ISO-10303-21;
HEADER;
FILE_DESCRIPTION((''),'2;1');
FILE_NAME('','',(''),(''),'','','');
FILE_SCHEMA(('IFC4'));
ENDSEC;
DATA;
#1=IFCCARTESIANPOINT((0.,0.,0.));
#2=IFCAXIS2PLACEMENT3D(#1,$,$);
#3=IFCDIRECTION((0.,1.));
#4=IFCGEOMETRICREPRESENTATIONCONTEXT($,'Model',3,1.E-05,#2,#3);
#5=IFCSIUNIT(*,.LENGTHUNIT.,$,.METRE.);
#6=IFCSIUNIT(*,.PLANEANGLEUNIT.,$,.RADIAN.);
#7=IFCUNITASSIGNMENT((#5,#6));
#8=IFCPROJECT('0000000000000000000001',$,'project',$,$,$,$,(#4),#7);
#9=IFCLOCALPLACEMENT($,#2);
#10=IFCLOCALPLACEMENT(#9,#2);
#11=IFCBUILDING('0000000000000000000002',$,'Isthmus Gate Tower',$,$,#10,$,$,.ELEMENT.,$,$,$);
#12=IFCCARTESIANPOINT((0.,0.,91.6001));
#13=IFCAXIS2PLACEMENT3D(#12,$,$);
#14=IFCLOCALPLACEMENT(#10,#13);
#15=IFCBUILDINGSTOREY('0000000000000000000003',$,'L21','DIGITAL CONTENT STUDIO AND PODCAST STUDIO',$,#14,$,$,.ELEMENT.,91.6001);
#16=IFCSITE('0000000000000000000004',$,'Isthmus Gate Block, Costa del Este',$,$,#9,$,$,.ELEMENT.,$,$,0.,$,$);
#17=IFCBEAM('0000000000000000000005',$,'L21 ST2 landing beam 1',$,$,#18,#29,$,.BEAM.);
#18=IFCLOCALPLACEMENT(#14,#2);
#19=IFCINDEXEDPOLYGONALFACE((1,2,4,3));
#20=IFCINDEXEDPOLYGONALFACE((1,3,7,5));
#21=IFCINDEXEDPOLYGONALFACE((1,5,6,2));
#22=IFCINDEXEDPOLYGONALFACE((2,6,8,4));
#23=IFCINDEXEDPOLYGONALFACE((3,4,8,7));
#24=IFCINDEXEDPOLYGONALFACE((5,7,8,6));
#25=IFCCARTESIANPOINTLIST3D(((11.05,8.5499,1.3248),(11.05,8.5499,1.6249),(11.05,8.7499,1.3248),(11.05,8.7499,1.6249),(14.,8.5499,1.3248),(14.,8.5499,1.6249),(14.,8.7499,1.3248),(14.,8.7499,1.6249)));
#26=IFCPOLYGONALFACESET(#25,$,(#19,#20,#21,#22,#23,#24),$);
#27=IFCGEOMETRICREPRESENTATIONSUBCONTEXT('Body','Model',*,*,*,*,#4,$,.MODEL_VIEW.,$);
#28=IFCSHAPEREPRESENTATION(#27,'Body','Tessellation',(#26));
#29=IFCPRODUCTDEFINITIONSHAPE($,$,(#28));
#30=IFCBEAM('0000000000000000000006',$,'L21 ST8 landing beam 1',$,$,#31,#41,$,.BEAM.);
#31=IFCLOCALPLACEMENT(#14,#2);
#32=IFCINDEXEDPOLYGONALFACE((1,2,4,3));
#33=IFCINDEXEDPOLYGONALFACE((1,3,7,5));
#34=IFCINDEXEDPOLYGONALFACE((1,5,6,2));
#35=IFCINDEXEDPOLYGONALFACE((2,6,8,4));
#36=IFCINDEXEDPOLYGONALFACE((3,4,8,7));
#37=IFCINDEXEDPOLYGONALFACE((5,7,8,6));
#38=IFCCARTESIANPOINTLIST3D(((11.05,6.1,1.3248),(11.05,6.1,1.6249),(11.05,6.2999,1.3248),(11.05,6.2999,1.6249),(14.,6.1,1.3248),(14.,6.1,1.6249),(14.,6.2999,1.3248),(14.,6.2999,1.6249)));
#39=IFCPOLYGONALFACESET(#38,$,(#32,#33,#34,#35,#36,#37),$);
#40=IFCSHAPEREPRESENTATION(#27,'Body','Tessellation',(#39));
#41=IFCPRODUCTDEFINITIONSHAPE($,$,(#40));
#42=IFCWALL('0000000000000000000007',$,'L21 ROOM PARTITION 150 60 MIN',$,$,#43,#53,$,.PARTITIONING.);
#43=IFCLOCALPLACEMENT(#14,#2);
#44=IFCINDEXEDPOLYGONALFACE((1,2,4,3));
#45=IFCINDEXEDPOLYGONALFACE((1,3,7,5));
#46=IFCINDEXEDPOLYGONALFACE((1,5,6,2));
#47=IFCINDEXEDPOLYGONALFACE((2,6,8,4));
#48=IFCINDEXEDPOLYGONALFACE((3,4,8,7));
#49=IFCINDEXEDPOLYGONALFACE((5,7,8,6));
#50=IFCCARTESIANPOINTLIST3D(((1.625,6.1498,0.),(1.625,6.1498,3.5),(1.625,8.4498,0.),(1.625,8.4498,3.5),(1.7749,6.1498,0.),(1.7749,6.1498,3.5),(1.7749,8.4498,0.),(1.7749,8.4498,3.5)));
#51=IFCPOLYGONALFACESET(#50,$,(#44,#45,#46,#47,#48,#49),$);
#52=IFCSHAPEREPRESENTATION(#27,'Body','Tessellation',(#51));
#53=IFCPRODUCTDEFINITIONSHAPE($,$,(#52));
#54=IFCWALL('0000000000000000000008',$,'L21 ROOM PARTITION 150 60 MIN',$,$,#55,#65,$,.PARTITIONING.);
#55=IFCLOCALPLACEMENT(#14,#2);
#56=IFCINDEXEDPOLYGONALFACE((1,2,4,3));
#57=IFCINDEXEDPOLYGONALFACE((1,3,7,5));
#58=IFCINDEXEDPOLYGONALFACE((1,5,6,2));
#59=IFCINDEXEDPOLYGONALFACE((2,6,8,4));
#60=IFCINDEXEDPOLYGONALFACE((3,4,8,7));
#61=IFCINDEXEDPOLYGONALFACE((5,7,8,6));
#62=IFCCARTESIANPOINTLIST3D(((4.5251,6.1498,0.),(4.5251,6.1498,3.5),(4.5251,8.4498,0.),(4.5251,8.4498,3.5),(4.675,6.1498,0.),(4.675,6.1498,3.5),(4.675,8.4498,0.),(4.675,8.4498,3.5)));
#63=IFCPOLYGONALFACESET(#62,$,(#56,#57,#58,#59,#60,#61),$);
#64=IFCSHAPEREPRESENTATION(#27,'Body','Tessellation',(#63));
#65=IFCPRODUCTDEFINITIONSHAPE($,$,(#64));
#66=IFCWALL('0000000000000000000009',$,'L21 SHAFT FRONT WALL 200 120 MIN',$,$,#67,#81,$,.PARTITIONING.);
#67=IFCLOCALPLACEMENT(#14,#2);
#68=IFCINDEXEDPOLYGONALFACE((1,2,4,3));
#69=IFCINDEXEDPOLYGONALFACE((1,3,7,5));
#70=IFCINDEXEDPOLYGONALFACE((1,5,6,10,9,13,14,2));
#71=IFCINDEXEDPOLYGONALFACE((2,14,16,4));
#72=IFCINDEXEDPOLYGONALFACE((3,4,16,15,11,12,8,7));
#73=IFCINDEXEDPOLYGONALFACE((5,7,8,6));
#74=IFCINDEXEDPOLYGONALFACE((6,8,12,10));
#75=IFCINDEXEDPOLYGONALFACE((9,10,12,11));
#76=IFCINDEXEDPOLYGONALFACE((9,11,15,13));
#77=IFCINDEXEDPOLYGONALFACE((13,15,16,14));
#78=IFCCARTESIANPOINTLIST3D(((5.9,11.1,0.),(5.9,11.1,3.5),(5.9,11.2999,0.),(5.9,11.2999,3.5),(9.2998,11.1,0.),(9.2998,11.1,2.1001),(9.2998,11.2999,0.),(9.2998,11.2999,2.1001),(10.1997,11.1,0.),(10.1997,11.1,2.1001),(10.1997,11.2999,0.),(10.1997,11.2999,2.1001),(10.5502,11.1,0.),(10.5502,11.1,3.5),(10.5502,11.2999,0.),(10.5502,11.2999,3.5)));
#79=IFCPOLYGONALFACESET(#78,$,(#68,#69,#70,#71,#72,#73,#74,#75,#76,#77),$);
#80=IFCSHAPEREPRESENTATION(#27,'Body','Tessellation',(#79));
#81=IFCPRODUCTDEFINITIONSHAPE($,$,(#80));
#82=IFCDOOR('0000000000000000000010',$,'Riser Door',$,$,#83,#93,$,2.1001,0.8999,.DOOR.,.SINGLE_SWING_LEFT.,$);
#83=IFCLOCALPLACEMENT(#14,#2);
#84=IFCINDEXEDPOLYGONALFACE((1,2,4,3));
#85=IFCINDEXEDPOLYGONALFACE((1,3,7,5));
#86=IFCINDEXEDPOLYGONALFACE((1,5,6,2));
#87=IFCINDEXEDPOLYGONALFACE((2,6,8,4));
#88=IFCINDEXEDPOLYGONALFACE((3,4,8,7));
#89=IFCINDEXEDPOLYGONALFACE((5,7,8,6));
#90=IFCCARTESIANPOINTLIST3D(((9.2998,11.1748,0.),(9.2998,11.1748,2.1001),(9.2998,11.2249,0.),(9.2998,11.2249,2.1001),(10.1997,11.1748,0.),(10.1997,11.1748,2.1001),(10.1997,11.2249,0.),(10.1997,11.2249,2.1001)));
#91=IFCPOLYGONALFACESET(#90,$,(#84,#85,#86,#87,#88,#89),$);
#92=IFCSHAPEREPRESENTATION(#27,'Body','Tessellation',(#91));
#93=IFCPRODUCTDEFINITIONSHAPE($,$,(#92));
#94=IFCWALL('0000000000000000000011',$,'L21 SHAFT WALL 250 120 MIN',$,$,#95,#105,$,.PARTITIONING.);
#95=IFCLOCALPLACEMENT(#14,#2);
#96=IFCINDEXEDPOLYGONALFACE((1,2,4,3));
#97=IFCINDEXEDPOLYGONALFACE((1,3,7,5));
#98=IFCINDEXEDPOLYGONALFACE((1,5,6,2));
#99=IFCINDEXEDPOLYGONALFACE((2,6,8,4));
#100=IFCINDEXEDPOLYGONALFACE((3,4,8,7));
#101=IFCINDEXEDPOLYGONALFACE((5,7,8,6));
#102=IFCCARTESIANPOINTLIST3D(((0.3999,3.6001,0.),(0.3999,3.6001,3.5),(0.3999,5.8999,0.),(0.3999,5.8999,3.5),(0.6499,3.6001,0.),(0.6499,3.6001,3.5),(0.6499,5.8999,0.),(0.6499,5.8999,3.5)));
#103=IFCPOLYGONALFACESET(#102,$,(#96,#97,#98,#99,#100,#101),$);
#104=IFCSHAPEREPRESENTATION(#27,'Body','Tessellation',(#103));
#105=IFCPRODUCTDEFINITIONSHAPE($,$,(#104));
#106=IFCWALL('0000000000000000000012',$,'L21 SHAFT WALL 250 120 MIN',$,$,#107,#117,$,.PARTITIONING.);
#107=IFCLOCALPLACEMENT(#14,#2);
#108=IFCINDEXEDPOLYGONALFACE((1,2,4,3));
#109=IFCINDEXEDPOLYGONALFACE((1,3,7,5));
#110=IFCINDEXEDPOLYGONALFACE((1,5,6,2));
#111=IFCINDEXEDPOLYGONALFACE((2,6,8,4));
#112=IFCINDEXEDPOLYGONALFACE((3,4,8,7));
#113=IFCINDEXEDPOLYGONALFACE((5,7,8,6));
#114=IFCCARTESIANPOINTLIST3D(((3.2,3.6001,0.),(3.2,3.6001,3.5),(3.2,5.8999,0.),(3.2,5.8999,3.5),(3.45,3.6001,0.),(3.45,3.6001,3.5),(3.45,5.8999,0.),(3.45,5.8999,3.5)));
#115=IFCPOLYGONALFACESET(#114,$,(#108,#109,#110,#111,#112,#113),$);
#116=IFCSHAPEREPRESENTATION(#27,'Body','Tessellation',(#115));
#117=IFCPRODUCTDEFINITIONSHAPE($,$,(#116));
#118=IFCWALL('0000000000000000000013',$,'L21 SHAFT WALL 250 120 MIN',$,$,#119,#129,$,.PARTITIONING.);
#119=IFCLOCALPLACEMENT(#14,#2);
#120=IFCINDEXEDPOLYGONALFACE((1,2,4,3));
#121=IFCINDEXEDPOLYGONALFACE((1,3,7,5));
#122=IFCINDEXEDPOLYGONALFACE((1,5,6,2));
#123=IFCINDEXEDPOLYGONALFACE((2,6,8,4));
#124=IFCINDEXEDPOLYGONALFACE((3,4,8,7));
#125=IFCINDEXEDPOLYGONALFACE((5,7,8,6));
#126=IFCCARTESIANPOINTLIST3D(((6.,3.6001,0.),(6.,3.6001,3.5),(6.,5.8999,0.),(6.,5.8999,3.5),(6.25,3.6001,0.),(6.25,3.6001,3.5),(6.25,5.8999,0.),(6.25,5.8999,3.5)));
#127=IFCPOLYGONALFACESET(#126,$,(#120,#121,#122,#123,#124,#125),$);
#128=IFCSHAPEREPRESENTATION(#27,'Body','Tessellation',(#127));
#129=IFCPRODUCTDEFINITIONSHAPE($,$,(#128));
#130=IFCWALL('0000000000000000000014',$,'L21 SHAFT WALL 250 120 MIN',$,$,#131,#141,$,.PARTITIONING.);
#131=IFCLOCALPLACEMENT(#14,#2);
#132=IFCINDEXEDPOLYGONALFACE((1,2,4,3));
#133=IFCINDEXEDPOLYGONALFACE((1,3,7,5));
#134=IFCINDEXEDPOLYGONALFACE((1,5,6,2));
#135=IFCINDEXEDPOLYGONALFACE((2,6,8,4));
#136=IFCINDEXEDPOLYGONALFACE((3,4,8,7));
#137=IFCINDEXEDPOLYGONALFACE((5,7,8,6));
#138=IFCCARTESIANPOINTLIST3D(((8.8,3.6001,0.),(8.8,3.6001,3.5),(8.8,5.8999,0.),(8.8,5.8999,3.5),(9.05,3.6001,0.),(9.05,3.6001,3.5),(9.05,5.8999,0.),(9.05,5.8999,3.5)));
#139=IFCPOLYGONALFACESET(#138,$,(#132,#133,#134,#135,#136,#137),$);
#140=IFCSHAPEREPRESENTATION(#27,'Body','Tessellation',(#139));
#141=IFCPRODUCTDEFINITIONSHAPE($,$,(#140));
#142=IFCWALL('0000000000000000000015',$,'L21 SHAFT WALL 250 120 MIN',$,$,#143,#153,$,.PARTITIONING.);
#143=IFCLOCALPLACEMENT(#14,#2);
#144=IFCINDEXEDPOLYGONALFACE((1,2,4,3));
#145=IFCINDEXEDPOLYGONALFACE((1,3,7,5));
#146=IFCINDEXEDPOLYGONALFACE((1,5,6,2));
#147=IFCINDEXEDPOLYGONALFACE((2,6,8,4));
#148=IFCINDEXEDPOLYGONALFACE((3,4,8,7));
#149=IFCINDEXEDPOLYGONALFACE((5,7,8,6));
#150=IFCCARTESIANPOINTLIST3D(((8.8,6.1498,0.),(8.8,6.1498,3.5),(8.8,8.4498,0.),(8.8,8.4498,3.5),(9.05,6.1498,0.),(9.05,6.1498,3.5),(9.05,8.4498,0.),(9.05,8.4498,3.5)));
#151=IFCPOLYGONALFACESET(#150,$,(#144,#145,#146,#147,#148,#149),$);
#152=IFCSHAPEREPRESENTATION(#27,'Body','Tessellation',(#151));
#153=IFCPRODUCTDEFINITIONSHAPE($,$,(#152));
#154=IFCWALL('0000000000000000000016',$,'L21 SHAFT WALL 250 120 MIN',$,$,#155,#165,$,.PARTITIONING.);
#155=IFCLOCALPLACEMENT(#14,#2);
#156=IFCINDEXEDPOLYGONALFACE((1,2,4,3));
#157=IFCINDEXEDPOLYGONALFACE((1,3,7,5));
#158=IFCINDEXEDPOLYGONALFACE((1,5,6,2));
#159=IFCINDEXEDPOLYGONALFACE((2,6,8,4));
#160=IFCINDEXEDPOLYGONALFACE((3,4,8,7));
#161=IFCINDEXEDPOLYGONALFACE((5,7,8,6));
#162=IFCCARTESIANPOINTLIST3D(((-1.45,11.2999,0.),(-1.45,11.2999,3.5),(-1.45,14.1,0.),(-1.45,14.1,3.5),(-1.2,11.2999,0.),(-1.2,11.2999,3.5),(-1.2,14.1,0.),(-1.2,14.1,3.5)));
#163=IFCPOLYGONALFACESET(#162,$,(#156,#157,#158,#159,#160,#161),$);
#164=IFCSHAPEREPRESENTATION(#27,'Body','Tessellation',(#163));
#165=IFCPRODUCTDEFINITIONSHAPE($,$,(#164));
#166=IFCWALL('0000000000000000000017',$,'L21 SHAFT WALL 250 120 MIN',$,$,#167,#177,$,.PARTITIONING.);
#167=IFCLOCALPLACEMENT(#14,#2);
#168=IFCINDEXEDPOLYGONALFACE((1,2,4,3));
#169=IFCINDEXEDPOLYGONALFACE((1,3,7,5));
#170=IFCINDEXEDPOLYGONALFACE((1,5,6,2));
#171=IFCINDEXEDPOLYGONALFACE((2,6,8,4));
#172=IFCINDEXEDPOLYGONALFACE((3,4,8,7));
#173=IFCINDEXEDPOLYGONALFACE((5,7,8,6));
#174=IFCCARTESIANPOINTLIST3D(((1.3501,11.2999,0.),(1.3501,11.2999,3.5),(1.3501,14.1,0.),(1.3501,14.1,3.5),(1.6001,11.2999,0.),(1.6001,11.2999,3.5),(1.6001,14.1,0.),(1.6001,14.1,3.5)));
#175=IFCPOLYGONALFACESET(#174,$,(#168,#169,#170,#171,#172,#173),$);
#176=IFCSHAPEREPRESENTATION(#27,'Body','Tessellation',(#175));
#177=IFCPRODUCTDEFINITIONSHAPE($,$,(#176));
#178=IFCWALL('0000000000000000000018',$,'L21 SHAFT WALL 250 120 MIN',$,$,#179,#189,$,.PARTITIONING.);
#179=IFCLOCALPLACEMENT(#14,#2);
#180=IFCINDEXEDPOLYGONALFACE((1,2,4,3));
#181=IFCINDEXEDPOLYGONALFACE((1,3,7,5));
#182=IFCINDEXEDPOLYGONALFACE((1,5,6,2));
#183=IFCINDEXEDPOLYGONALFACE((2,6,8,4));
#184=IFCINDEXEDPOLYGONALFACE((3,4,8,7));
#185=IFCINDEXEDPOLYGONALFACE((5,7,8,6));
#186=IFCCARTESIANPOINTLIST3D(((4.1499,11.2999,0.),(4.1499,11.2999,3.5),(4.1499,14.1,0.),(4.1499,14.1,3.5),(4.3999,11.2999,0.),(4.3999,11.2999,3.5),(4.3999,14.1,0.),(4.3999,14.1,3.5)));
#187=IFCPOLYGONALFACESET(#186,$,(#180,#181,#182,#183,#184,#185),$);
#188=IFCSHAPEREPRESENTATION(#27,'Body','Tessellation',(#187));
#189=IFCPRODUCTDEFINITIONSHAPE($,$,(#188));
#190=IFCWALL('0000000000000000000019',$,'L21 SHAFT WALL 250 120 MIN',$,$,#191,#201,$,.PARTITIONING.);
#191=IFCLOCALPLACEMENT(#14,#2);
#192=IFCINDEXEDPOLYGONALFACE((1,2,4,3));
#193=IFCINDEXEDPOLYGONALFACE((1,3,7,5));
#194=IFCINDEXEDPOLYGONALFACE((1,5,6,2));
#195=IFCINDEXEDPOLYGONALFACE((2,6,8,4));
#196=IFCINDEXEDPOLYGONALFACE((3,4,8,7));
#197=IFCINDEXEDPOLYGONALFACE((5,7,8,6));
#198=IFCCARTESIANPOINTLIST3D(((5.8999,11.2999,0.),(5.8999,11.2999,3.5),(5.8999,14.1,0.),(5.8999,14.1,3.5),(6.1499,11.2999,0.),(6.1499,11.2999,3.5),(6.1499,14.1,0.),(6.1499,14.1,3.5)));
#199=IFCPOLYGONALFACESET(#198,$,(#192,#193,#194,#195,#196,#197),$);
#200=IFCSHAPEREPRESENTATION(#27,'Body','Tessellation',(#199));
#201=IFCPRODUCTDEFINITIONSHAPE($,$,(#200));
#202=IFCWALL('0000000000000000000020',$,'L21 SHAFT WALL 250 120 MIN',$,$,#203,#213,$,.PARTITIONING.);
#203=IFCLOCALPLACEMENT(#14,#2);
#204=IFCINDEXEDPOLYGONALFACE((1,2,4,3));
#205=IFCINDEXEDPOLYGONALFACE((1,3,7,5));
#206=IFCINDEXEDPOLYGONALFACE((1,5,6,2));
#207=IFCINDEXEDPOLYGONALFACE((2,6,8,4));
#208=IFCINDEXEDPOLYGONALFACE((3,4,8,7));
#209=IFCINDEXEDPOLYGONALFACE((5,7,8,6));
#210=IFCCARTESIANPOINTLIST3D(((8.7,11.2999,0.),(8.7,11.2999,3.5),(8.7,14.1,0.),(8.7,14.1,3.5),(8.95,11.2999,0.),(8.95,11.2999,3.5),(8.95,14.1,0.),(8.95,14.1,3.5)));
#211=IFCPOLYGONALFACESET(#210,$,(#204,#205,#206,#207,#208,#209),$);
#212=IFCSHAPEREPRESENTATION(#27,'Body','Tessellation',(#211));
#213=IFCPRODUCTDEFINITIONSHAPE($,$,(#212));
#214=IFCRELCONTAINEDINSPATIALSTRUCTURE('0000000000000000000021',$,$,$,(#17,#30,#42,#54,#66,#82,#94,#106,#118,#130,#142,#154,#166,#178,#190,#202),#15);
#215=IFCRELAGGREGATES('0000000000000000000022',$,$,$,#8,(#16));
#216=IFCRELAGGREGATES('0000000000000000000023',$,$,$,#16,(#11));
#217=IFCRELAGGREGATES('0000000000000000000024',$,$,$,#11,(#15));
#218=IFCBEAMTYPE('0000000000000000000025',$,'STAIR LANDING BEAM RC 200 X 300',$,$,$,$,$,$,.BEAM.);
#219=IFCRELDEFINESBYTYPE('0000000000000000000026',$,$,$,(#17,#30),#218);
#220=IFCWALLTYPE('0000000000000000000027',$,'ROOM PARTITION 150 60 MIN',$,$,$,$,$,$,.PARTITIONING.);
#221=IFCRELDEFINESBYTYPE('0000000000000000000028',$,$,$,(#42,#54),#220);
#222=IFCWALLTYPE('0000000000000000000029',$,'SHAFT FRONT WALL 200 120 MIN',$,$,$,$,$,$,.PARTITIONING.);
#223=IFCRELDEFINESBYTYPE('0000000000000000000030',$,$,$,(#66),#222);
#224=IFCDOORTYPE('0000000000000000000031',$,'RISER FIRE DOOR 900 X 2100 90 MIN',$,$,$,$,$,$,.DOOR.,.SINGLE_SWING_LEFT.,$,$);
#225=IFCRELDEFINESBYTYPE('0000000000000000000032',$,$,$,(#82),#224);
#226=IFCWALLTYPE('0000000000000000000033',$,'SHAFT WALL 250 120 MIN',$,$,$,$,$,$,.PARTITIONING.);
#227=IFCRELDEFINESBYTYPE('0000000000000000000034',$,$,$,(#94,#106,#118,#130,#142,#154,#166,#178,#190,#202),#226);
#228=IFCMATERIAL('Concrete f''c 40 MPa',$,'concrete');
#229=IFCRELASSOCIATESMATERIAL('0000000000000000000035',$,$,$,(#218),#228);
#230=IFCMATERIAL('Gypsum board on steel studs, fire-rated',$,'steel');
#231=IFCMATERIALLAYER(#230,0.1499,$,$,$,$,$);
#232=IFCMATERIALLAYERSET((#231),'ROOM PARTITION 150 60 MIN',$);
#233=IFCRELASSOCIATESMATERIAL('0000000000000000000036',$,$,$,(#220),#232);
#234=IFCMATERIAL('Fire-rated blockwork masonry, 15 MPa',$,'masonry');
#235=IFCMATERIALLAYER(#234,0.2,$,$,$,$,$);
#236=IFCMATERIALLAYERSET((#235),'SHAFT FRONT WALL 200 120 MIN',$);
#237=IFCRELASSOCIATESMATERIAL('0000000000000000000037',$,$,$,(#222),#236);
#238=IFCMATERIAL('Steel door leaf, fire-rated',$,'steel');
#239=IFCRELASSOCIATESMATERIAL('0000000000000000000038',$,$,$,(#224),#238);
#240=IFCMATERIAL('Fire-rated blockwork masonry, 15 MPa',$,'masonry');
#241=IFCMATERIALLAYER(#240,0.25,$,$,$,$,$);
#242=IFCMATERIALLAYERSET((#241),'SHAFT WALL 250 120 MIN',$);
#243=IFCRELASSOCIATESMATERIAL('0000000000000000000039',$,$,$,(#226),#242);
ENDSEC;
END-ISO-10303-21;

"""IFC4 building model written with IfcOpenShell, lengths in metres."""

from ifc_helpers import new_model, si_unit, direction, frame, frame_2d, origin, origin_2d, place, context, subcontext, project, spatial, rectangle, extrude, material, layer, layer_set, material_profile, profile_set, type_object, element, fill, save


model = new_model("IFC4")

# Units and contexts
model_context = context("Model", 3, precision=1e-05, world=origin(), true_north=direction((0.0, 1.0)))
body_context = subcontext(model_context, "Body", "Model", "MODEL_VIEW")
ifc_project = project(units=[si_unit("LENGTHUNIT", "METRE"), si_unit("PLANEANGLEUNIT", "RADIAN")], contexts=[model_context])

# Site, building, storey
site_placement = place(None, origin())
site = spatial("IfcSite", under=ifc_project, at=site_placement, Name="Isthmus Gate Block, Costa del Este", CompositionType="ELEMENT", RefElevation=0.0)
building_placement = place(site_placement, origin())
building = spatial("IfcBuilding", under=site, at=building_placement, Name="Isthmus Gate Tower", CompositionType="ELEMENT")
storey_placement = place(building_placement, frame((0.0, 0.0, 91.6001)))
storey = spatial("IfcBuildingStorey", under=building, at=storey_placement, Name="L21", Description="DIGITAL CONTENT STUDIO AND PODCAST STUDIO", CompositionType="ELEMENT", Elevation=91.6001)

# Beams
ifc_material_1 = material(Name="Concrete f'c 40 MPa", Category="concrete")
ifc_material_profile = material_profile(ifc_material_1, rectangle(XDim=0.2, YDim=0.3, at=origin_2d()), Name="STAIR LANDING BEAM RC 200 X 300")
ifc_profile_set = profile_set([ifc_material_profile], Name="Concrete f'c 40 MPa")
beam_type = type_object("IfcBeamType", Name="STAIR LANDING BEAM RC 200 X 300", PredefinedType="BEAM", material=ifc_profile_set)
for number, where, z_axis, x_axis, name in (
    (1, (11.05, 8.6499, 1.4749), (1.0, 0.0, 0.0), (0.0, 1.0, 0.0), "L21 ST2 landing beam 1"),
    (2, (11.05, 6.2, 1.4749), (1.0, 0.0, 0.0), (0.0, 1.0, 0.0), "L21 ST8 landing beam 1"),
):
    element("IfcBeam", number, at=place(storey_placement, frame(where, z_axis=z_axis, x_axis=x_axis)), inside=storey, type_object=beam_type, Name=name, PredefinedType="BEAM", context=body_context, shape_type="SweptSolid", body=[
        extrude(rectangle(XDim=0.2, YDim=0.3, at=origin_2d()), origin(), (0.0, 0.0, 1.0), 2.95),
    ])

# Walls
ifc_material_2 = material(Name="Gypsum board on steel studs, fire-rated", Category="steel")
ifc_layer_1 = layer(ifc_material_2, 0.1499)
ifc_layer_set_1 = layer_set([ifc_layer_1], Name="ROOM PARTITION 150 60 MIN")
wall_type_1 = type_object("IfcWallType", Name="ROOM PARTITION 150 60 MIN", PredefinedType="PARTITIONING", material=ifc_layer_set_1)
for number, where, z_axis, x_axis, name in (
    (3, (1.7, 6.1499, 0.0), (0.0, 0.0, 1.0), (0.0, 1.0, 0.0), "L21 ROOM PARTITION 150 60 MIN"),
    (4, (4.6001, 6.1499, 0.0), (0.0, 0.0, 1.0), (0.0, 1.0, 0.0), "L21 ROOM PARTITION 150 60 MIN"),
):
    element("IfcWall", number, at=place(storey_placement, frame(where, z_axis=z_axis, x_axis=x_axis)), inside=storey, type_object=wall_type_1, Name=name, PredefinedType="PARTITIONING", context=body_context, shape_type="SweptSolid", body=[
        extrude(rectangle(XDim=2.3, YDim=0.1499, at=frame_2d((1.1499, 0.0))), origin(), (0.0, 0.0, 1.0), 3.5),
    ])

# Wall, opening, door
ifc_material_3 = material(Name="Fire-rated blockwork masonry, 15 MPa", Category="masonry")
ifc_layer_2 = layer(ifc_material_3, 0.2)
ifc_layer_set_2 = layer_set([ifc_layer_2], Name="SHAFT FRONT WALL 200 120 MIN")
wall_type_2 = type_object("IfcWallType", Name="SHAFT FRONT WALL 200 120 MIN", PredefinedType="PARTITIONING", material=ifc_layer_set_2)
wall_1_placement = place(storey_placement, frame((5.8999, 11.2, 0.0), z_axis=(0.0, 0.0, 1.0), x_axis=(1.0, 0.0, 0.0)))
wall_1 = element("IfcWall", 5, at=wall_1_placement, inside=storey, type_object=wall_type_2, Name="L21 SHAFT FRONT WALL 200 120 MIN", PredefinedType="PARTITIONING", context=body_context, shape_type="SweptSolid", body=[
    extrude(rectangle(XDim=4.6501, YDim=0.2, at=frame_2d((2.3252, 0.0))), origin(), (0.0, 0.0, 1.0), 3.5),
])
opening_placement = place(wall_1_placement, frame((3.3999, 0.0, 0.0)))
opening = element("IfcOpeningElement", 6, at=opening_placement, cuts=wall_1, PredefinedType="OPENING", context=body_context, shape_type="SweptSolid", body=[
    extrude(rectangle(XDim=0.8999, YDim=2.1001, at=frame_2d((0.45, 1.05))), frame((0.0, 0.1099, 0.0), z_axis=(0.0, -1.0, 0.0), x_axis=(1.0, 0.0, 0.0)), (0.0, 0.0, 1.0), 0.22),
])
ifc_material_4 = material(Name="Steel door leaf, fire-rated", Category="steel")
door_type = type_object("IfcDoorType", Name="RISER FIRE DOOR 900 X 2100 90 MIN", OperationType="SINGLE_SWING_LEFT", PredefinedType="DOOR", material=ifc_material_4)
door_placement = place(opening_placement, origin())
door = element("IfcDoor", 7, at=door_placement, inside=storey, type_object=door_type, Name="Riser Door", OperationType="SINGLE_SWING_LEFT", OverallHeight=2.1001, OverallWidth=0.8999, PredefinedType="DOOR", context=body_context, shape_type="SweptSolid", body=[
    extrude(rectangle(XDim=0.8999, YDim=2.1001, at=frame_2d((0.45, 1.05))), frame((0.0, 0.0249, 0.0), z_axis=(0.0, -1.0, 0.0), x_axis=(1.0, 0.0, 0.0)), (0.0, 0.0, 1.0), 0.05),
])
fill(opening, door)

# Walls
ifc_material_5 = material(Name="Fire-rated blockwork masonry, 15 MPa", Category="masonry")
ifc_layer_3 = layer(ifc_material_5, 0.25)
ifc_layer_set_3 = layer_set([ifc_layer_3], Name="SHAFT WALL 250 120 MIN")
wall_type_3 = type_object("IfcWallType", Name="SHAFT WALL 250 120 MIN", PredefinedType="PARTITIONING", material=ifc_layer_set_3)
for number, where, z_axis, x_axis, name in (
    (8, (0.5249, 3.6001, 0.0), (0.0, 0.0, 1.0), (0.0, 1.0, 0.0), "L21 SHAFT WALL 250 120 MIN"),
    (9, (3.325, 3.6001, 0.0), (0.0, 0.0, 1.0), (0.0, 1.0, 0.0), "L21 SHAFT WALL 250 120 MIN"),
    (10, (6.125, 3.6001, 0.0), (0.0, 0.0, 1.0), (0.0, 1.0, 0.0), "L21 SHAFT WALL 250 120 MIN"),
    (11, (8.925, 3.6001, 0.0), (0.0, 0.0, 1.0), (0.0, 1.0, 0.0), "L21 SHAFT WALL 250 120 MIN"),
):
    element("IfcWall", number, at=place(storey_placement, frame(where, z_axis=z_axis, x_axis=x_axis)), inside=storey, type_object=wall_type_3, Name=name, PredefinedType="PARTITIONING", context=body_context, shape_type="SweptSolid", body=[
        extrude(rectangle(XDim=2.2998, YDim=0.25, at=frame_2d((1.1499, 0.0))), origin(), (0.0, 0.0, 1.0), 3.5),
    ])
wall_2_placement = place(storey_placement, frame((8.925, 6.1499, 0.0), z_axis=(0.0, 0.0, 1.0), x_axis=(0.0, 1.0, 0.0)))
element("IfcWall", 12, at=wall_2_placement, inside=storey, type_object=wall_type_3, Name="L21 SHAFT WALL 250 120 MIN", PredefinedType="PARTITIONING", context=body_context, shape_type="SweptSolid", body=[
    extrude(rectangle(XDim=2.3, YDim=0.25, at=frame_2d((1.1499, 0.0))), origin(), (0.0, 0.0, 1.0), 3.5),
])
for number, where, z_axis, x_axis, name in (
    (13, (-1.325, 11.3, 0.0), (0.0, 0.0, 1.0), (0.0, 1.0, 0.0), "L21 SHAFT WALL 250 120 MIN"),
    (14, (1.4751, 11.3, 0.0), (0.0, 0.0, 1.0), (0.0, 1.0, 0.0), "L21 SHAFT WALL 250 120 MIN"),
    (15, (4.2749, 11.3, 0.0), (0.0, 0.0, 1.0), (0.0, 1.0, 0.0), "L21 SHAFT WALL 250 120 MIN"),
    (16, (6.0249, 11.3, 0.0), (0.0, 0.0, 1.0), (0.0, 1.0, 0.0), "L21 SHAFT WALL 250 120 MIN"),
    (17, (8.825, 11.3, 0.0), (0.0, 0.0, 1.0), (0.0, 1.0, 0.0), "L21 SHAFT WALL 250 120 MIN"),
):
    element("IfcWall", number, at=place(storey_placement, frame(where, z_axis=z_axis, x_axis=x_axis)), inside=storey, type_object=wall_type_3, Name=name, PredefinedType="PARTITIONING", context=body_context, shape_type="SweptSolid", body=[
        extrude(rectangle(XDim=2.8, YDim=0.25, at=frame_2d((1.3999, 0.0))), origin(), (0.0, 0.0, 1.0), 3.5),
    ])

save(model, "model.ifc")
